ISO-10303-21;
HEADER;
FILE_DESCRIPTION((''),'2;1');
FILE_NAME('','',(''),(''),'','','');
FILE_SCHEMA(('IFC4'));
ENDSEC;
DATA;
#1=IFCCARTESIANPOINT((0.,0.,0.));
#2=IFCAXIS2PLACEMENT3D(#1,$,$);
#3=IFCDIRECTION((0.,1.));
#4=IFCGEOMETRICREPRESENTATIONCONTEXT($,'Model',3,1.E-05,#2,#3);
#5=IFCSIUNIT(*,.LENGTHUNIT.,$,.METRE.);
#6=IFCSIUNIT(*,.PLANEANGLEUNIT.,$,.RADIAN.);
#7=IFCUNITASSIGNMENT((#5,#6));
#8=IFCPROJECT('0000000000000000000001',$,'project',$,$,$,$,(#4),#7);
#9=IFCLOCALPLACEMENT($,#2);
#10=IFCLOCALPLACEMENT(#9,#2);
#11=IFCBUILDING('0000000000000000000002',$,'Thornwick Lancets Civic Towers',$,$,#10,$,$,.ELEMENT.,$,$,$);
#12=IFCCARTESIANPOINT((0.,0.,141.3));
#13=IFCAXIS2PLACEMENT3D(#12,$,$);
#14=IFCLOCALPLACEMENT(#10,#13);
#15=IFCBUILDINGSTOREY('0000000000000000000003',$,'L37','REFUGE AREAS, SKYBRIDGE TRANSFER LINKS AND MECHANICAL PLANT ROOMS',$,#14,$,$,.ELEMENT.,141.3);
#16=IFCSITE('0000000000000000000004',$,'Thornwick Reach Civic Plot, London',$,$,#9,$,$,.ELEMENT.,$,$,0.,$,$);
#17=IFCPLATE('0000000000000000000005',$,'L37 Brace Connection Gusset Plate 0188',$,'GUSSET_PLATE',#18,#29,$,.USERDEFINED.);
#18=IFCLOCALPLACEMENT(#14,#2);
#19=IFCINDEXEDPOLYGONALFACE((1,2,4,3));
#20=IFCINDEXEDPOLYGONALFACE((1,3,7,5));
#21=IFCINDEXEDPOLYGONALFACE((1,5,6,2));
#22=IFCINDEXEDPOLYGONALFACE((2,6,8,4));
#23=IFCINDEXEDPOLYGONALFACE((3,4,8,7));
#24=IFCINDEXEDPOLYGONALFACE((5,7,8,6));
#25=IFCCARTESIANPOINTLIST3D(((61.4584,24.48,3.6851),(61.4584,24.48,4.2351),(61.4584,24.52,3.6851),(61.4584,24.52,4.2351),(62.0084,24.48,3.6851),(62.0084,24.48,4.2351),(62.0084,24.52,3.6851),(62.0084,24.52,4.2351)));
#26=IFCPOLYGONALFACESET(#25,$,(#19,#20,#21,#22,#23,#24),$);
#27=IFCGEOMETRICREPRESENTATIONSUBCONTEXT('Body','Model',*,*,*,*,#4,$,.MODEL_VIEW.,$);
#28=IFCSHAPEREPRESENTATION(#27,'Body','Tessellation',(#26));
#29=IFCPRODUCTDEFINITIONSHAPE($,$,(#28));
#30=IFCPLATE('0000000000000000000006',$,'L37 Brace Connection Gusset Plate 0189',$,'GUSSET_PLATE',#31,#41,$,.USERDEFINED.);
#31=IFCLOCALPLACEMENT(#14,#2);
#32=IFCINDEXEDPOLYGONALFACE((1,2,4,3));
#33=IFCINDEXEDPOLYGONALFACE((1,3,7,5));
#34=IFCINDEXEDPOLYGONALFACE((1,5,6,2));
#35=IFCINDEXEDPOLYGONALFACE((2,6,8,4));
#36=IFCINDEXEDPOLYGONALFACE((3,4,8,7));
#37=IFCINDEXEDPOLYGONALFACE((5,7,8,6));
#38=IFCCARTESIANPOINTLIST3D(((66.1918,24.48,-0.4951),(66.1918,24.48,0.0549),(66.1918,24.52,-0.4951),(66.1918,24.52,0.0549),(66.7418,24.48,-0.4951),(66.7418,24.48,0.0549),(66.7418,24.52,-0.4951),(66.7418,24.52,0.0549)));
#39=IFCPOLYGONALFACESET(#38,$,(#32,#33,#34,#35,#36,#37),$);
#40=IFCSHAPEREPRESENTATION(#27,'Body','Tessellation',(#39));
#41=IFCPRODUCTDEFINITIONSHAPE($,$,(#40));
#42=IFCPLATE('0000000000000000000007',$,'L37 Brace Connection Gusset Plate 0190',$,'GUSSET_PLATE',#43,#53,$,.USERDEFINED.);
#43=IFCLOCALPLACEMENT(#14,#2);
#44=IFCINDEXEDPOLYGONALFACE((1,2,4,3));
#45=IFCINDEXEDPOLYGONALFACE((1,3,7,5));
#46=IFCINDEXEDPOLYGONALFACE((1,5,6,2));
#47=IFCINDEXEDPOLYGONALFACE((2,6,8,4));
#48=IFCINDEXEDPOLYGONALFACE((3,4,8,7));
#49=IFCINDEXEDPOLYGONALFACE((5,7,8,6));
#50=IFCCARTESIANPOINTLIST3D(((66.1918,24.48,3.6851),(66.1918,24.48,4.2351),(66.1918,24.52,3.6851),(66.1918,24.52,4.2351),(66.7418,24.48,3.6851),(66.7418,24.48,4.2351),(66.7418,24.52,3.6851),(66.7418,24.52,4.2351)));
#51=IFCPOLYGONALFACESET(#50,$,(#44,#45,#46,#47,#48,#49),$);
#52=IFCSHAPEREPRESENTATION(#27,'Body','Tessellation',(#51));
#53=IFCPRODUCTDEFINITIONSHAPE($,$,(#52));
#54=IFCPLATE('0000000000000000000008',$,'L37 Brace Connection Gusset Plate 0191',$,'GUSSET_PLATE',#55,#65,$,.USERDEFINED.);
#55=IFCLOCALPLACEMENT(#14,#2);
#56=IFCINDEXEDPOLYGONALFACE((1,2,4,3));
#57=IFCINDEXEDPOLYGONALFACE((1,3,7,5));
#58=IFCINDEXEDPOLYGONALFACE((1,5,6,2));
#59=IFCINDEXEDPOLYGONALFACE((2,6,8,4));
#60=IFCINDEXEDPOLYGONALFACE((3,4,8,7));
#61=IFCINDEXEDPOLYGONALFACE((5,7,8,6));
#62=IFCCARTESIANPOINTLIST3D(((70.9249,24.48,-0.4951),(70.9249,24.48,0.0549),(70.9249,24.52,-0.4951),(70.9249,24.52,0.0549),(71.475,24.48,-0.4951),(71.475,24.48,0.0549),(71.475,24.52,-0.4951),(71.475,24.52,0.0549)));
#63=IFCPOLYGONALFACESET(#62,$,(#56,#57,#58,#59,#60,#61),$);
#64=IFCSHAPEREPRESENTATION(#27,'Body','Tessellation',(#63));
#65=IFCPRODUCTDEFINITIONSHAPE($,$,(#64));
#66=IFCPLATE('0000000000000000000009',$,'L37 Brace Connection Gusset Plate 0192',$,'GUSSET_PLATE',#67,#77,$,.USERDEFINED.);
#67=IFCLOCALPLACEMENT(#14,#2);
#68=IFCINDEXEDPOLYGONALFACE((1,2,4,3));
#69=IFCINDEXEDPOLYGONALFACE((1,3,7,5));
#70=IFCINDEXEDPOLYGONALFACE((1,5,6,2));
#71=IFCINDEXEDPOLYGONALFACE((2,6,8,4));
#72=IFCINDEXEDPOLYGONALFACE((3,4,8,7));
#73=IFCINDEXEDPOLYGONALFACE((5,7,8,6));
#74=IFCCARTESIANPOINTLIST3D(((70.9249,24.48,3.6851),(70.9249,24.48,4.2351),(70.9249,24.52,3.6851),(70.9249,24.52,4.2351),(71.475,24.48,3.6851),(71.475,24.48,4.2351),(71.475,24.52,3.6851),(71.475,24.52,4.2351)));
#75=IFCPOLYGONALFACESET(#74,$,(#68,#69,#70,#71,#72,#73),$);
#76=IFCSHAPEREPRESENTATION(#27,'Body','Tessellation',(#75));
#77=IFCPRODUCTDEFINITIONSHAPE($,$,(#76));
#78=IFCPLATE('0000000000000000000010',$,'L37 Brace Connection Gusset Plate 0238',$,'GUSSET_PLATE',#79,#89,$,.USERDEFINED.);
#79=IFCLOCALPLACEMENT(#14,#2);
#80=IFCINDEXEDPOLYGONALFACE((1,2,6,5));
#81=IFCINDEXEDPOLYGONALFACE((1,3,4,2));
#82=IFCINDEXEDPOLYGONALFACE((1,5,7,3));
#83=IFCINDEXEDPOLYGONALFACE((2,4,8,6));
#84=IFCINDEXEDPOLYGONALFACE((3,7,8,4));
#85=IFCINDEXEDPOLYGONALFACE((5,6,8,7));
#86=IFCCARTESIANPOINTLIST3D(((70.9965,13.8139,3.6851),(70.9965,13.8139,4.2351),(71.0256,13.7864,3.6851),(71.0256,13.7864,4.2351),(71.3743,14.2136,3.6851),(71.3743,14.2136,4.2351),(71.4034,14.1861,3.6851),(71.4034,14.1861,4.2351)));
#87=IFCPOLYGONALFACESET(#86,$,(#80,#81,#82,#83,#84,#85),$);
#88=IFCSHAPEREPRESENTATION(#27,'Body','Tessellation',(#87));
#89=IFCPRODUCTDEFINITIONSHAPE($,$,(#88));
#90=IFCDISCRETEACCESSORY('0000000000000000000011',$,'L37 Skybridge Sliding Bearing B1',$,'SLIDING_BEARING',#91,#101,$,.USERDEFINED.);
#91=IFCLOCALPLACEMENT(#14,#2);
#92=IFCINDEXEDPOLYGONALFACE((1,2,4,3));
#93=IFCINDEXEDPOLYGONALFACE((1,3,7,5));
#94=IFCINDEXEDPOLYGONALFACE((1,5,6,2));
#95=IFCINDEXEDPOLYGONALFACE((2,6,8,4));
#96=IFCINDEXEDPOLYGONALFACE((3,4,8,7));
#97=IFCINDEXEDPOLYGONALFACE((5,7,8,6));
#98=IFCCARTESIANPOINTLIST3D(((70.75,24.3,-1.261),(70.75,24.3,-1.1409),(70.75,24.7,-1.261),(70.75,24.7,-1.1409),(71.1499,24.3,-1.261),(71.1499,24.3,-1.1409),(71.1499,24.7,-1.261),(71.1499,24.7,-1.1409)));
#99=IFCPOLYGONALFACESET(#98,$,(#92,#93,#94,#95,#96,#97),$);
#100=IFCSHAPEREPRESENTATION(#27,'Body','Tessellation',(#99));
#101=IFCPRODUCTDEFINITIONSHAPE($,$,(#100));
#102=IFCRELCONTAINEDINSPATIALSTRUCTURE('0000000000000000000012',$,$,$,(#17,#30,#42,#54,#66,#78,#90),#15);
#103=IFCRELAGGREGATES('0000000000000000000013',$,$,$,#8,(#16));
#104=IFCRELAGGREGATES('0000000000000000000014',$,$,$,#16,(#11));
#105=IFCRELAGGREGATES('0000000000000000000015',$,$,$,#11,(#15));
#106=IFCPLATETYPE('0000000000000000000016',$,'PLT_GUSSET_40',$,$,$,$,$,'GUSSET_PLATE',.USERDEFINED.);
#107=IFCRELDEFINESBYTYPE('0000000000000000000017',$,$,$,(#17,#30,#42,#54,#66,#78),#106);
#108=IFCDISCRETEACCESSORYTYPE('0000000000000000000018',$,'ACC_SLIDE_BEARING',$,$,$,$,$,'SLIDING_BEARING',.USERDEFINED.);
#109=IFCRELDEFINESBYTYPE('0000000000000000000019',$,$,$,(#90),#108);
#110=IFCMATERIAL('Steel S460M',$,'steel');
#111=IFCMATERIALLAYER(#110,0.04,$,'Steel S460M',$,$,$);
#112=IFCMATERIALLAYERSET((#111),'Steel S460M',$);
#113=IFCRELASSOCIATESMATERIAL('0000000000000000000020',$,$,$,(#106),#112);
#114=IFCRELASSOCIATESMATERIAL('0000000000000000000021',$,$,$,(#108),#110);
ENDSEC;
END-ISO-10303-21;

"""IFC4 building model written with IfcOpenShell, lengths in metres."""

from ifc_helpers import new_model, si_unit, direction, frame, origin, origin_2d, place, context, subcontext, project, spatial, rectangle, extrude, material, layer, layer_set, type_object, element, save


model = new_model("IFC4")

# Units and contexts
model_context = context("Model", 3, precision=1e-05, world=origin(), true_north=direction((0.0, 1.0)))
body_context = subcontext(model_context, "Body", "Model", "MODEL_VIEW")
ifc_project = project(units=[si_unit("LENGTHUNIT", "METRE"), si_unit("PLANEANGLEUNIT", "RADIAN")], contexts=[model_context])

# Site, building, storey
site_placement = place(None, origin())
site = spatial("IfcSite", under=ifc_project, at=site_placement, Name="Thornwick Reach Civic Plot, London", CompositionType="ELEMENT", RefElevation=0.0)
building_placement = place(site_placement, origin())
building = spatial("IfcBuilding", under=site, at=building_placement, Name="Thornwick Lancets Civic Towers", CompositionType="ELEMENT")
storey_placement = place(building_placement, frame((0.0, 0.0, 141.3)))
storey = spatial("IfcBuildingStorey", under=building, at=storey_placement, Name="L37", Description="REFUGE AREAS, SKYBRIDGE TRANSFER LINKS AND MECHANICAL PLANT ROOMS", CompositionType="ELEMENT", Elevation=141.3)

# Shared definitions
ifc_material_1 = material(Name="Steel S460M", Category="steel")

# Plates
ifc_layer_1 = layer(ifc_material_1, 0.04, Name="Steel S460M")
ifc_layer_set_1 = layer_set([ifc_layer_1], Name="Steel S460M")
plate_type_1 = type_object("IfcPlateType", Name="PLT_GUSSET_40", ElementType="GUSSET_PLATE", PredefinedType="USERDEFINED", material=ifc_layer_set_1)
for number, where, z_axis, x_axis, name in (
    (1, (61.7334, 24.5, 3.6851), (0.0, 0.0, 1.0), (1.0, 0.0, 0.0), "L37 Brace Connection Gusset Plate 0188"),
    (2, (66.4668, 24.5, -0.4951), (0.0, 0.0, 1.0), (1.0, 0.0, 0.0), "L37 Brace Connection Gusset Plate 0189"),
    (3, (66.4668, 24.5, 3.6851), (0.0, 0.0, 1.0), (1.0, 0.0, 0.0), "L37 Brace Connection Gusset Plate 0190"),
    (4, (71.2, 24.5, -0.4951), (0.0, 0.0, 1.0), (1.0, 0.0, 0.0), "L37 Brace Connection Gusset Plate 0191"),
    (5, (71.2, 24.5, 3.6851), (0.0, 0.0, 1.0), (1.0, 0.0, 0.0), "L37 Brace Connection Gusset Plate 0192"),
    (6, (71.2, 14.0, 3.6851), (0.0, 0.0, 1.0), (-0.686834, -0.726814, 0.0), "L37 Brace Connection Gusset Plate 0238"),
):
    element("IfcPlate", number, at=place(storey_placement, frame(where, z_axis=z_axis, x_axis=x_axis)), inside=storey, type_object=plate_type_1, Name=name, ObjectType="GUSSET_PLATE", PredefinedType="USERDEFINED", context=body_context, shape_type="SweptSolid", body=[
        extrude(rectangle(XDim=0.55, YDim=0.04, at=origin_2d()), origin(), (0.0, 0.0, 1.0), 0.55),
    ])

# Discrete accessory
discrete_accessory_type = type_object("IfcDiscreteAccessoryType", Name="ACC_SLIDE_BEARING", ElementType="SLIDING_BEARING", PredefinedType="USERDEFINED", material=ifc_material_1)
discrete_accessory_placement = place(storey_placement, frame((70.95, 24.5, -1.261), z_axis=(0.0, 0.0, 1.0), x_axis=(1.0, 0.0, 0.0)))
element("IfcDiscreteAccessory", 7, at=discrete_accessory_placement, inside=storey, type_object=discrete_accessory_type, Name="L37 Skybridge Sliding Bearing B1", ObjectType="SLIDING_BEARING", PredefinedType="USERDEFINED", context=body_context, shape_type="SweptSolid", body=[
    extrude(rectangle(XDim=0.3999, YDim=0.3999, at=origin_2d()), origin(), (0.0, 0.0, 1.0), 0.1201),
])

save(model, "model.ifc")
